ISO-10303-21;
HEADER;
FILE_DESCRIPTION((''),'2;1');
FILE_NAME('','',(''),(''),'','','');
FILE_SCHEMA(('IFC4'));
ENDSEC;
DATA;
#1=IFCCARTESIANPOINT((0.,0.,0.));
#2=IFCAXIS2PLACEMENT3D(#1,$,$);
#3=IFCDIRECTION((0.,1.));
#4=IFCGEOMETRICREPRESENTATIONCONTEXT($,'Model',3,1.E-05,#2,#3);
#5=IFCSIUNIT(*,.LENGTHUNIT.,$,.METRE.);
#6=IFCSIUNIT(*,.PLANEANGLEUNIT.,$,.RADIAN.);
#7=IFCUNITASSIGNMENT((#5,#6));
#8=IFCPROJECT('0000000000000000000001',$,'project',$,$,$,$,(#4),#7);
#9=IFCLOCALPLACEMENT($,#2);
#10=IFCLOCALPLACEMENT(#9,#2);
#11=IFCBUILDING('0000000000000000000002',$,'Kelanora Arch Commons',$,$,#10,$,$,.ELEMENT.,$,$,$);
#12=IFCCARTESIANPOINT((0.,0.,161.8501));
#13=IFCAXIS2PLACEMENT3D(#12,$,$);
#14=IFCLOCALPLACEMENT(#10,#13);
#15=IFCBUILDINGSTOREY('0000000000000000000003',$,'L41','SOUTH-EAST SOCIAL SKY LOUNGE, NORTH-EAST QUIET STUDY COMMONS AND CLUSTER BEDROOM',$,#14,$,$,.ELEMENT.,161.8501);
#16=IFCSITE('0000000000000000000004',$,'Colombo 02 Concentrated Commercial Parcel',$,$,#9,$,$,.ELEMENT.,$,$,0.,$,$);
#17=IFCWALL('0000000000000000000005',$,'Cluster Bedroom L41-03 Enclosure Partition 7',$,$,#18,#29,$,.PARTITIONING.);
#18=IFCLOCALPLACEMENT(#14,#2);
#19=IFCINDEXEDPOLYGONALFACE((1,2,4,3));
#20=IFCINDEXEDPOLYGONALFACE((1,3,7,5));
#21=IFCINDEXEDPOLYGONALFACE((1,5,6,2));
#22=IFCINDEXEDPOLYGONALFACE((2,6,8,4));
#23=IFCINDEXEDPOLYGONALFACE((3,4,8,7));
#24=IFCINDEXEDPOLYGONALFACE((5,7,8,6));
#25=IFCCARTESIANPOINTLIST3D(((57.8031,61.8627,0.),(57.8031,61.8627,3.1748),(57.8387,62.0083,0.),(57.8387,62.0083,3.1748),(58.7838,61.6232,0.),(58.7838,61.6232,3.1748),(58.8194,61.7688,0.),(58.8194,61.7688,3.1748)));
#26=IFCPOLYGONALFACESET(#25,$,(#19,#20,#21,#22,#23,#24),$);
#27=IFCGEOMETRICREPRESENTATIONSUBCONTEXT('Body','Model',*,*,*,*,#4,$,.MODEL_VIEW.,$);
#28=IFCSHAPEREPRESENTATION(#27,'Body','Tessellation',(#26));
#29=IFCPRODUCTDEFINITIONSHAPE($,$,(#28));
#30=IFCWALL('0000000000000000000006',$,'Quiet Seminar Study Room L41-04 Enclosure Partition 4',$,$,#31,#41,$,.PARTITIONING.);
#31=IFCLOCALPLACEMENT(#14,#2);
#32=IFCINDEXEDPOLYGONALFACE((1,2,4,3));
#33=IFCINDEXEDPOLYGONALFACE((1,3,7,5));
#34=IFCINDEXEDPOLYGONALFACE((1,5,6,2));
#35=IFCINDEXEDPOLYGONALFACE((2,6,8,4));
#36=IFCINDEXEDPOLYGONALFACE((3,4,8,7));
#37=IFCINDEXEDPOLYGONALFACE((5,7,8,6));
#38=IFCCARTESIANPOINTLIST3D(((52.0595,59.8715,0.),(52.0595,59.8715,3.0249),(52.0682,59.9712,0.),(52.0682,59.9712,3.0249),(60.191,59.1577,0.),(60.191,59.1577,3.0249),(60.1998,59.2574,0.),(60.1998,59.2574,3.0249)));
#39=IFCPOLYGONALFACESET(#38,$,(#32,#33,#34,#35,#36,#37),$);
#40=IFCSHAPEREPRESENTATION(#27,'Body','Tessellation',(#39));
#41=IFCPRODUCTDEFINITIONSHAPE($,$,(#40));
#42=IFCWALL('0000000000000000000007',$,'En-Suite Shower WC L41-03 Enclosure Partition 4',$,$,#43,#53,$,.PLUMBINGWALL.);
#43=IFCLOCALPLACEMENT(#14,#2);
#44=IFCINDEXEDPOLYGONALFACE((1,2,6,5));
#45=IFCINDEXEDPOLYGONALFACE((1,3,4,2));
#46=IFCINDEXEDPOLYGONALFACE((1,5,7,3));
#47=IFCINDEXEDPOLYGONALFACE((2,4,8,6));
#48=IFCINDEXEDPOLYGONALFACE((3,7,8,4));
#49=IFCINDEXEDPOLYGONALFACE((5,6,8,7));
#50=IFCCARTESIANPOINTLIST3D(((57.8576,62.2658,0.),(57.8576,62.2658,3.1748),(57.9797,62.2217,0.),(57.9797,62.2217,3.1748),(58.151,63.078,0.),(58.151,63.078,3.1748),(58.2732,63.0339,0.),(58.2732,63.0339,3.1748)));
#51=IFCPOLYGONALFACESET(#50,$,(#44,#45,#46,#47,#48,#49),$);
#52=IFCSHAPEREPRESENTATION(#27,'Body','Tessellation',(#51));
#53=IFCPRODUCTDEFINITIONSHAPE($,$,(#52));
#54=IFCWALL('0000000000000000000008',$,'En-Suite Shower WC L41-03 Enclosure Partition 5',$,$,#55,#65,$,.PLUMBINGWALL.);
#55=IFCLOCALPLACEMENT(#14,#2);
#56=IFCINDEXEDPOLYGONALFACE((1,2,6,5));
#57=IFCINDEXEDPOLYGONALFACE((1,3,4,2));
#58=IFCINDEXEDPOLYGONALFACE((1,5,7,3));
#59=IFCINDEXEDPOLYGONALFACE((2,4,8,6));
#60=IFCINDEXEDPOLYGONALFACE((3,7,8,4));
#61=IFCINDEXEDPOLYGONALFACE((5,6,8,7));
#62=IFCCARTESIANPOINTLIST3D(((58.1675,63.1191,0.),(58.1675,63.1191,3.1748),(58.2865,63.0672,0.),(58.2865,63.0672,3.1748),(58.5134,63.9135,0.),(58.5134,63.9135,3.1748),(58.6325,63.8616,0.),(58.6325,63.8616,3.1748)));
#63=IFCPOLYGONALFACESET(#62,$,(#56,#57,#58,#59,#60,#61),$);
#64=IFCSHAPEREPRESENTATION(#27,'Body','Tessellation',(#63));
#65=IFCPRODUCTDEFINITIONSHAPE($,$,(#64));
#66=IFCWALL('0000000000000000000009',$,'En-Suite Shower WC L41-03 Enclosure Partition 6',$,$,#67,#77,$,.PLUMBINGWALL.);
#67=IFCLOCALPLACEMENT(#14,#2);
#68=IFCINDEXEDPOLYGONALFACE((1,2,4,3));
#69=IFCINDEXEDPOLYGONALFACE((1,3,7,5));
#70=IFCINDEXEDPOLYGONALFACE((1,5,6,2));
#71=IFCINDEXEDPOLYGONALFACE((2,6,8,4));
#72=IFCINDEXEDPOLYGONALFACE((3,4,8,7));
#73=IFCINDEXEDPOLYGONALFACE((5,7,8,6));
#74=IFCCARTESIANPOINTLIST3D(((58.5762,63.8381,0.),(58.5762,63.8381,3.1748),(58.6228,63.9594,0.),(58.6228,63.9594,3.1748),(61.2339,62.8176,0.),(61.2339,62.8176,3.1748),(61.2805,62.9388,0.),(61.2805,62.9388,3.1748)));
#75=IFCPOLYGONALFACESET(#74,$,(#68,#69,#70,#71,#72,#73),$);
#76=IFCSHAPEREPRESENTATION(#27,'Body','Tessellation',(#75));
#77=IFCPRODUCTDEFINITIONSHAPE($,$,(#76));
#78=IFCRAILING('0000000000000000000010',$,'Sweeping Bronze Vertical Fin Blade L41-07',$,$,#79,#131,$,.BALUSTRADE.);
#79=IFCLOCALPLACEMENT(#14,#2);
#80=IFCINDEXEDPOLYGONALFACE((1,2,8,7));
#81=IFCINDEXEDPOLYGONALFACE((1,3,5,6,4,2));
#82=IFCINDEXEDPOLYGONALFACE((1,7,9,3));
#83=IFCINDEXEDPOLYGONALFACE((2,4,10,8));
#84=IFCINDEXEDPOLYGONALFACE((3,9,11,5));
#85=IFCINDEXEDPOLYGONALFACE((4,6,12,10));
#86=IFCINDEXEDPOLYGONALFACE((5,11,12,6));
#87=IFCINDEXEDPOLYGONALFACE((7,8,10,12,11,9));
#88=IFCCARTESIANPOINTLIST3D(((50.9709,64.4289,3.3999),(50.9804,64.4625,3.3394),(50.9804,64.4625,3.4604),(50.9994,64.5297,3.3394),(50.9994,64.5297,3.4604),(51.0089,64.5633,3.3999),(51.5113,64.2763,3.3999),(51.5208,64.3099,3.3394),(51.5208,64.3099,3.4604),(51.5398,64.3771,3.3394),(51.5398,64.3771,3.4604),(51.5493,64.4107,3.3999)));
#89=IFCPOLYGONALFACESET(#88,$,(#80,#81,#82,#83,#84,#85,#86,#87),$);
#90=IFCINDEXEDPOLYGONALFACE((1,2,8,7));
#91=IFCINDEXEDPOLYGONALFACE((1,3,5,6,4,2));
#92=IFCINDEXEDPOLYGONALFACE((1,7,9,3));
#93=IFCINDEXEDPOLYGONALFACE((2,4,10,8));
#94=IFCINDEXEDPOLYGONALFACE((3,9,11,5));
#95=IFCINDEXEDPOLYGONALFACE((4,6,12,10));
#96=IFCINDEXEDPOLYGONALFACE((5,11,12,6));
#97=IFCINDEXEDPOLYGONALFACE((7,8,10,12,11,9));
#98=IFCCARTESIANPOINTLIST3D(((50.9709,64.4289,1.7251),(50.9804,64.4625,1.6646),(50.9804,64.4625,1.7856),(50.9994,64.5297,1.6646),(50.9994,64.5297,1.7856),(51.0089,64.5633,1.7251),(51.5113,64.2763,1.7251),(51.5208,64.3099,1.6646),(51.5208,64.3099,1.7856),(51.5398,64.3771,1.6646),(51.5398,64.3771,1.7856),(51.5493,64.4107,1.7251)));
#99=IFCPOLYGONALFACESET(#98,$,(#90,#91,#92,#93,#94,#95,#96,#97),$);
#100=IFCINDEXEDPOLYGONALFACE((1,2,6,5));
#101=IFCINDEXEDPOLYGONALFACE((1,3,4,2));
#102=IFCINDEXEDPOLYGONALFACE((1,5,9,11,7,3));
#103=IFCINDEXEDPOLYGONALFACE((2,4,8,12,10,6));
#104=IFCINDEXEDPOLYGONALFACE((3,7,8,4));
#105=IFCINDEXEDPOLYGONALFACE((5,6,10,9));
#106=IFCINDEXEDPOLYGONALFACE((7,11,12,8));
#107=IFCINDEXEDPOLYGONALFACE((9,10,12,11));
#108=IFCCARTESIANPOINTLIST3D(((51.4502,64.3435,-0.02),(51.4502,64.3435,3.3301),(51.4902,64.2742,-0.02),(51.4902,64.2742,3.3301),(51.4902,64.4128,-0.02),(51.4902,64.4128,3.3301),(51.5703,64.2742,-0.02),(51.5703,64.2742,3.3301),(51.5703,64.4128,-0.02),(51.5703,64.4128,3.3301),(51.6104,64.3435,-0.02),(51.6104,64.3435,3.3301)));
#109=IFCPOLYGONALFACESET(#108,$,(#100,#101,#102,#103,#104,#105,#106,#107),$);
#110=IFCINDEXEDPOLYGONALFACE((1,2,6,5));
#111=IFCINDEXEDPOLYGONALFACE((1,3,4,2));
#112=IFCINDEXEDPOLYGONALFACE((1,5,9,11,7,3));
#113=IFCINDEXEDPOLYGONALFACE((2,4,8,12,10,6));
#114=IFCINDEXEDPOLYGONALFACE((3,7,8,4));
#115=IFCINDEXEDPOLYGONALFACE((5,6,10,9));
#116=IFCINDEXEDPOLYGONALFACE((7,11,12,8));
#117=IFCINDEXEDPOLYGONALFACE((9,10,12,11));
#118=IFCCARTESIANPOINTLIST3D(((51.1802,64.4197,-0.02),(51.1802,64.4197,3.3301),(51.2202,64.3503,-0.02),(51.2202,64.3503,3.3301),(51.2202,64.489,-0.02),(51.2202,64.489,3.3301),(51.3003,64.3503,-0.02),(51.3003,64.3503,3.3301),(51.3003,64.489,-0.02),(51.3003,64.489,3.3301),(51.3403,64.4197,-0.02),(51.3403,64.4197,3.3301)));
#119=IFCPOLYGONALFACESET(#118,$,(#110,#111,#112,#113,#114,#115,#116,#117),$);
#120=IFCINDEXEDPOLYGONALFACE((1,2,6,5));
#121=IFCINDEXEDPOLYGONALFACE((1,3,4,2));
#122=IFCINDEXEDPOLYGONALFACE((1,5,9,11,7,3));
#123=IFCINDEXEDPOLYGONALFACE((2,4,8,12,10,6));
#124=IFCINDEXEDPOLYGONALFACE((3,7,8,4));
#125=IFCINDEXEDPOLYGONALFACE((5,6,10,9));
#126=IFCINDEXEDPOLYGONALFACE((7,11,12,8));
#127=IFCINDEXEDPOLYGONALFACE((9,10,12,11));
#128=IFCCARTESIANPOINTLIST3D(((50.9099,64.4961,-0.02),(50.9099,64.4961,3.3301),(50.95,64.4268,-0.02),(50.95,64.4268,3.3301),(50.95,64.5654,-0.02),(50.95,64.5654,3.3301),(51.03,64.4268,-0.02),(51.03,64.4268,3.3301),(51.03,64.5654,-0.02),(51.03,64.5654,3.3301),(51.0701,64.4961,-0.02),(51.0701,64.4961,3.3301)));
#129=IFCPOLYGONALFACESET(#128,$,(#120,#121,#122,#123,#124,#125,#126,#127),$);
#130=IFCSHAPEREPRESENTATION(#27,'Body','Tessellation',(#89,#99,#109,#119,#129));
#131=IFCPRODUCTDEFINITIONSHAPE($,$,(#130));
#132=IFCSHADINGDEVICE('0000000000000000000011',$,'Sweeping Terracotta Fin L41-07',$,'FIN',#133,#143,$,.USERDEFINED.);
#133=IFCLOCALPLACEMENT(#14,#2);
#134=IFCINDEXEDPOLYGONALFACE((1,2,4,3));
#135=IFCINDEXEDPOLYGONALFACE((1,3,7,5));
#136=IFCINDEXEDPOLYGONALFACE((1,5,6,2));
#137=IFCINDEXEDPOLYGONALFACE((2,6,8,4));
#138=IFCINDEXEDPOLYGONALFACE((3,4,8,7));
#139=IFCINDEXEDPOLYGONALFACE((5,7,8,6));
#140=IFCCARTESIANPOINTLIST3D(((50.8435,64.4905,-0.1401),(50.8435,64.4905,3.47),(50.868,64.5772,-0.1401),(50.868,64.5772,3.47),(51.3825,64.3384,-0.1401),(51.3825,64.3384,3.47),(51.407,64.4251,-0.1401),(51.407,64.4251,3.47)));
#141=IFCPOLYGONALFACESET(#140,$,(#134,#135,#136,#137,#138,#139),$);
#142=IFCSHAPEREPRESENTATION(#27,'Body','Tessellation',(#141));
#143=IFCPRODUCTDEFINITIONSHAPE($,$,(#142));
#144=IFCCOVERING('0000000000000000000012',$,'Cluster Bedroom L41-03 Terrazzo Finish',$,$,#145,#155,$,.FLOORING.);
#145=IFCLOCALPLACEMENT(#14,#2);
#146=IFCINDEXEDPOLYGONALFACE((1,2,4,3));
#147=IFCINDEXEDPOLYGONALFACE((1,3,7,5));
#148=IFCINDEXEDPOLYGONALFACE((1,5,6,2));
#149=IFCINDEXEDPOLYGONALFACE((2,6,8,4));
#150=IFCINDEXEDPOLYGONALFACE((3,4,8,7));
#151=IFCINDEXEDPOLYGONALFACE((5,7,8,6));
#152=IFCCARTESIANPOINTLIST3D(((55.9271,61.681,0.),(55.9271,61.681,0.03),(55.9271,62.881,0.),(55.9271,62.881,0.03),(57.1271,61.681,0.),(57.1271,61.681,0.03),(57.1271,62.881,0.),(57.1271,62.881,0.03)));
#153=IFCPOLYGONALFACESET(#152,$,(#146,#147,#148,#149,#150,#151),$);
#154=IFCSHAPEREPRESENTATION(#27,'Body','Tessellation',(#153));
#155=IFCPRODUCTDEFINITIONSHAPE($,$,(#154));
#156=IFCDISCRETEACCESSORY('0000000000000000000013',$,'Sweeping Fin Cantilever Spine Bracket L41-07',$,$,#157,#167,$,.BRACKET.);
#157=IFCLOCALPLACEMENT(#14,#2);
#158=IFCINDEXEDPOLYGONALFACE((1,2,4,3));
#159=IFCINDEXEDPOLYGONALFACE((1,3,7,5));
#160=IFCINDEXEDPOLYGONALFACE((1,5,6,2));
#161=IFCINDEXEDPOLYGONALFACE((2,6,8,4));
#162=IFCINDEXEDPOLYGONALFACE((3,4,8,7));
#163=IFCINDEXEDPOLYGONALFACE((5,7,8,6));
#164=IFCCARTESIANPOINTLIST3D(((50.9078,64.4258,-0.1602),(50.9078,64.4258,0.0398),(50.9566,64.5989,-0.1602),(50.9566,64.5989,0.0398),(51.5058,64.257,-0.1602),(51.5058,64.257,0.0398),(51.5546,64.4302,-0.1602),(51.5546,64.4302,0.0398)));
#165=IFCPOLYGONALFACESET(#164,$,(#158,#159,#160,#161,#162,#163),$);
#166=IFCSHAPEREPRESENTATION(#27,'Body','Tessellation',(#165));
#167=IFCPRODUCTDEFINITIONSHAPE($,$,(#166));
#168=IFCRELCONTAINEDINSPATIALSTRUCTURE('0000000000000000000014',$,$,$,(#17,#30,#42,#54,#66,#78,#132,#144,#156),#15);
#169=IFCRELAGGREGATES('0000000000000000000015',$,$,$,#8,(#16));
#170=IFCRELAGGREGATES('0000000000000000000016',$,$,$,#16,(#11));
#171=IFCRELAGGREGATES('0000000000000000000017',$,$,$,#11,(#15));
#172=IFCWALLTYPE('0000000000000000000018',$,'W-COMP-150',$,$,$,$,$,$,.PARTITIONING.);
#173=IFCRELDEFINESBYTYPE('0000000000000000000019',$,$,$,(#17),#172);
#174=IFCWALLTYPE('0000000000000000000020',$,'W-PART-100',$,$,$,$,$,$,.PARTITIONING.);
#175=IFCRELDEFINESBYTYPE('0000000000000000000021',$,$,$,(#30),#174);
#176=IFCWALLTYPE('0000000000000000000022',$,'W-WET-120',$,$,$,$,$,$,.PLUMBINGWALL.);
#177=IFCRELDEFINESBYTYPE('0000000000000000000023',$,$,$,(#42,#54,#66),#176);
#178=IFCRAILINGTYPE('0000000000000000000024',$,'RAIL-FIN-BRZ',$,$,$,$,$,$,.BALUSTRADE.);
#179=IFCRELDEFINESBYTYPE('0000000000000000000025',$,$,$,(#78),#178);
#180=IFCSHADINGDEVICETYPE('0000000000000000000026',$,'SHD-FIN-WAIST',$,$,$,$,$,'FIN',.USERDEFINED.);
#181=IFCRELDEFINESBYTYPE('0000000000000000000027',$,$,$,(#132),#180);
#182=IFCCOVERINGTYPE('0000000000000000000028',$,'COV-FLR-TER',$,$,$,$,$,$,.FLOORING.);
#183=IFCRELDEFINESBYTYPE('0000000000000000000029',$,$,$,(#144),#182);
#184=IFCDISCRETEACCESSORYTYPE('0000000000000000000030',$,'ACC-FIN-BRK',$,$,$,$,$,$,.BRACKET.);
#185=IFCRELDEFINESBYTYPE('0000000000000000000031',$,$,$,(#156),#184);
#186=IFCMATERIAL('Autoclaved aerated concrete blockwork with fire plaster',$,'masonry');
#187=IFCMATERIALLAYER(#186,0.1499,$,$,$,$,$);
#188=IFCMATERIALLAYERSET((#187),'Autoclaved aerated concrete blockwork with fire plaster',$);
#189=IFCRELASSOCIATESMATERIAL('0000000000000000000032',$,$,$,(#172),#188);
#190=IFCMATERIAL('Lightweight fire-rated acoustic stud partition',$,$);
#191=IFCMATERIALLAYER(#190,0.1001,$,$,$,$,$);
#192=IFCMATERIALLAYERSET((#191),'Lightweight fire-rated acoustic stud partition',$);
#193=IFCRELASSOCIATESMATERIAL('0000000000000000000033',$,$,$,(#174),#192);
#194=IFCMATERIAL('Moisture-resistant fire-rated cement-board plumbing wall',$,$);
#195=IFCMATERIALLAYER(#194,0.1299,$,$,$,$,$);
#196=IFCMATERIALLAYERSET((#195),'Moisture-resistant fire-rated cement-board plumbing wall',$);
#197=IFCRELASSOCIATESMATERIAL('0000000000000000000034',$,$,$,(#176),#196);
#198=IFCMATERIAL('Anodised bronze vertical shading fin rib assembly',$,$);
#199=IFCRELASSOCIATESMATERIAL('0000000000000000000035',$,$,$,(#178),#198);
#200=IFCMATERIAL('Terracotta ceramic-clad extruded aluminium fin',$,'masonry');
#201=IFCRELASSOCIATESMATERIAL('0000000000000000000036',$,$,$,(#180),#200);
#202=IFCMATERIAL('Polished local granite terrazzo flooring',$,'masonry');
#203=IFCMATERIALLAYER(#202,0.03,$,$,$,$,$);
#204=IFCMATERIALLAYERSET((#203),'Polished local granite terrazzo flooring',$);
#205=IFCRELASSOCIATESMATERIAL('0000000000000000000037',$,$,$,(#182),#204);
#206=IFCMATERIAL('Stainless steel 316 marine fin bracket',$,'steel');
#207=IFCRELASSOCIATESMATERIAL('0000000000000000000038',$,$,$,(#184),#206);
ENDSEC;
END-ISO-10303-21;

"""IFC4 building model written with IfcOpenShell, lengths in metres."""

from ifc_helpers import new_model, si_unit, direction, frame, frame_2d, origin, origin_2d, place, context, subcontext, project, spatial, polyline, rectangle, outline, extrude, source, transform, mapped, material, layer, layer_set, type_object, element, save


model = new_model("IFC4")

# Units and contexts
model_context = context("Model", 3, precision=1e-05, world=origin(), true_north=direction((0.0, 1.0)))
body_context = subcontext(model_context, "Body", "Model", "MODEL_VIEW")
ifc_project = project(units=[si_unit("LENGTHUNIT", "METRE"), si_unit("PLANEANGLEUNIT", "RADIAN")], contexts=[model_context])

# Site, building, storey
site_placement = place(None, origin())
site = spatial("IfcSite", under=ifc_project, at=site_placement, Name="Colombo 02 Concentrated Commercial Parcel", CompositionType="ELEMENT", RefElevation=0.0)
building_placement = place(site_placement, origin())
building = spatial("IfcBuilding", under=site, at=building_placement, Name="Kelanora Arch Commons", CompositionType="ELEMENT")
storey_placement = place(building_placement, frame((0.0, 0.0, 161.8501)))
storey = spatial("IfcBuildingStorey", under=building, at=storey_placement, Name="L41", Description="SOUTH-EAST SOCIAL SKY LOUNGE, NORTH-EAST QUIET STUDY COMMONS AND CLUSTER BEDROOM", CompositionType="ELEMENT", Elevation=161.8501)

# Walls
ifc_material_1 = material(Name="Autoclaved aerated concrete blockwork with fire plaster", Category="masonry")
ifc_layer_1 = layer(ifc_material_1, 0.1499)
ifc_layer_set_1 = layer_set([ifc_layer_1], Name="Autoclaved aerated concrete blockwork with fire plaster")
wall_type_1 = type_object("IfcWallType", Name="W-COMP-150", PredefinedType="PARTITIONING", material=ifc_layer_set_1)
wall_1_placement = place(storey_placement, frame((57.8208, 61.9355, 0.0), z_axis=(0.0, 0.0, 1.0), x_axis=(0.971451, -0.23724, 0.0)))
element("IfcWall", 1, at=wall_1_placement, inside=storey, type_object=wall_type_1, Name="Cluster Bedroom L41-03 Enclosure Partition 7", PredefinedType="PARTITIONING", context=body_context, shape_type="SweptSolid", body=[
    extrude(rectangle(XDim=1.0095, YDim=0.1499, at=frame_2d((0.5049, 0.0))), origin(), (0.0, 0.0, 1.0), 3.1748),
])
ifc_material_2 = material(Name="Lightweight fire-rated acoustic stud partition")
ifc_layer_2 = layer(ifc_material_2, 0.1001)
ifc_layer_set_2 = layer_set([ifc_layer_2], Name="Lightweight fire-rated acoustic stud partition")
wall_type_2 = type_object("IfcWallType", Name="W-PART-100", PredefinedType="PARTITIONING", material=ifc_layer_set_2)
wall_2_placement = place(storey_placement, frame((52.0637, 59.9214, 0.0), z_axis=(0.0, 0.0, 1.0), x_axis=(0.996169, -0.087453, 0.0)))
element("IfcWall", 2, at=wall_2_placement, inside=storey, type_object=wall_type_2, Name="Quiet Seminar Study Room L41-04 Enclosure Partition 4", PredefinedType="PARTITIONING", context=body_context, shape_type="SweptSolid", body=[
    extrude(rectangle(XDim=8.1628, YDim=0.1001, at=frame_2d((4.0815, 0.0))), origin(), (0.0, 0.0, 1.0), 3.0249),
])
ifc_material_3 = material(Name="Moisture-resistant fire-rated cement-board plumbing wall")
ifc_layer_3 = layer(ifc_material_3, 0.1299)
ifc_layer_set_3 = layer_set([ifc_layer_3], Name="Moisture-resistant fire-rated cement-board plumbing wall")
wall_type_3 = type_object("IfcWallType", Name="W-WET-120", PredefinedType="PLUMBINGWALL", material=ifc_layer_set_3)
wall_3_placement = place(storey_placement, frame((57.9187, 62.2439, 0.0), z_axis=(0.0, 0.0, 1.0), x_axis=(0.33979, 0.940501, 0.0)))
element("IfcWall", 3, at=wall_3_placement, inside=storey, type_object=wall_type_3, Name="En-Suite Shower WC L41-03 Enclosure Partition 4", PredefinedType="PLUMBINGWALL", context=body_context, shape_type="SweptSolid", body=[
    extrude(rectangle(XDim=0.8635, YDim=0.1299, at=frame_2d((0.4316, 0.0))), origin(), (0.0, 0.0, 1.0), 3.1748),
])
wall_4_placement = place(storey_placement, frame((58.2271, 63.0933, 0.0), z_axis=(0.0, 0.0, 1.0), x_axis=(0.399251, 0.916841, 0.0)))
element("IfcWall", 4, at=wall_4_placement, inside=storey, type_object=wall_type_3, Name="En-Suite Shower WC L41-03 Enclosure Partition 5", PredefinedType="PLUMBINGWALL", context=body_context, shape_type="SweptSolid", body=[
    extrude(rectangle(XDim=0.8665, YDim=0.1299, at=frame_2d((0.4331, 0.0))), origin(), (0.0, 0.0, 1.0), 3.1748),
])
wall_5_placement = place(storey_placement, frame((58.5996, 63.8987, 0.0), z_axis=(0.0, 0.0, 1.0), x_axis=(0.933544, -0.358462, 0.0)))
element("IfcWall", 5, at=wall_5_placement, inside=storey, type_object=wall_type_3, Name="En-Suite Shower WC L41-03 Enclosure Partition 6", PredefinedType="PLUMBINGWALL", context=body_context, shape_type="SweptSolid", body=[
    extrude(rectangle(XDim=2.8469, YDim=0.1299, at=frame_2d((1.4233, 0.0))), origin(), (0.0, 0.0, 1.0), 3.1748),
])

# Railing
ifc_material_4 = material(Name="Anodised bronze vertical shading fin rib assembly")
railing_type = type_object("IfcRailingType", Name="RAIL-FIN-BRZ", PredefinedType="BALUSTRADE", material=ifc_material_4)
railing_placement = place(storey_placement, frame((51.5303, 64.3435, -0.02)))
element("IfcRailing", 6, at=railing_placement, inside=storey, type_object=railing_type, Name="Sweeping Bronze Vertical Fin Blade L41-07", PredefinedType="BALUSTRADE", context=body_context, shape_type="SweptSolid", body=[
    extrude(outline(polyline([(0.0698, 0.0), (0.0349, 0.0605), (-0.0349, 0.0605), (-0.0698, 0.0), (-0.0349, -0.0605), (0.0349, -0.0605), (0.0698, 0.0)])), frame((0.0, 0.0, 3.4199), z_axis=(-0.962356, 0.271791, 0.0), x_axis=(-0.271791, -0.962356, 0.0)), (0.0, 0.0, 1.0), 0.5615),
    extrude(outline(polyline([(0.0698, 0.0), (0.0349, 0.0605), (-0.0349, 0.0605), (-0.0698, 0.0), (-0.0349, -0.0605), (0.0349, -0.0605), (0.0698, 0.0)])), frame((0.0, 0.0, 1.7451), z_axis=(-0.962356, 0.271791, 0.0), x_axis=(-0.271791, -0.962356, 0.0)), (0.0, 0.0, 1.0), 0.5615),
    extrude(outline(polyline([(0.0801, 0.0), (0.04, 0.0693), (-0.04, 0.0693), (-0.0801, 0.0), (-0.04, -0.0693), (0.04, -0.0693), (0.0801, 0.0)])), origin(), (0.0, 0.0, 1.0), 3.3501),
    extrude(outline(polyline([(0.0801, 0.0), (0.04, 0.0693), (-0.04, 0.0693), (-0.0801, 0.0), (-0.04, -0.0693), (0.04, -0.0693), (0.0801, 0.0)])), frame((-0.27, 0.0762, 0.0)), (0.0, 0.0, 1.0), 3.3501),
    extrude(outline(polyline([(0.0801, 0.0), (0.04, 0.0693), (-0.04, 0.0693), (-0.0801, 0.0), (-0.04, -0.0693), (0.04, -0.0693), (0.0801, 0.0)])), frame((-0.5403, 0.1526, 0.0)), (0.0, 0.0, 1.0), 3.3501),
])

# Shading device
ifc_material_5 = material(Name="Terracotta ceramic-clad extruded aluminium fin", Category="masonry")
shading_device_type = type_object("IfcShadingDeviceType", Name="SHD-FIN-WAIST", ElementType="FIN", PredefinedType="USERDEFINED", material=ifc_material_5)
shared_shape_1 = source(origin(), body_context, "Body", "SweptSolid", [
    extrude(rectangle(XDim=0.5601, YDim=0.0901, at=origin_2d()), origin(), (0.0, 0.0, 1.0), 3.6101),
])
shading_device_placement = place(storey_placement, frame((51.1252, 64.4578, -0.1401), z_axis=(0.0, 0.0, 1.0), x_axis=(-0.962408, 0.271608, 0.0)))
element("IfcShadingDevice", 7, at=shading_device_placement, inside=storey, type_object=shading_device_type, Name="Sweeping Terracotta Fin L41-07", ObjectType="FIN", PredefinedType="USERDEFINED", context=body_context, shape_type="MappedRepresentation", body=[
    mapped(shared_shape_1, transform((0.0, 0.0, 0.0), scale=1.0)),
])

# Covering
ifc_material_6 = material(Name="Polished local granite terrazzo flooring", Category="masonry")
ifc_layer_4 = layer(ifc_material_6, 0.03)
ifc_layer_set_4 = layer_set([ifc_layer_4], Name="Polished local granite terrazzo flooring")
covering_type = type_object("IfcCoveringType", Name="COV-FLR-TER", PredefinedType="FLOORING", material=ifc_layer_set_4)
shared_shape_2 = source(origin(), body_context, "Body", "SweptSolid", [
    extrude(rectangle(XDim=1.2, YDim=1.2, at=origin_2d()), origin(), (0.0, 0.0, 1.0), 0.03),
])
covering_placement = place(storey_placement, frame((56.5271, 62.281, 0.0), z_axis=(0.0, 0.0, 1.0), x_axis=(1.0, 0.0, 0.0)))
element("IfcCovering", 8, at=covering_placement, inside=storey, type_object=covering_type, Name="Cluster Bedroom L41-03 Terrazzo Finish", PredefinedType="FLOORING", context=body_context, shape_type="MappedRepresentation", body=[
    mapped(shared_shape_2, transform((0.0, 0.0, 0.0), scale=1.0)),
])

# Discrete accessory
ifc_material_7 = material(Name="Stainless steel 316 marine fin bracket", Category="steel")
discrete_accessory_type = type_object("IfcDiscreteAccessoryType", Name="ACC-FIN-BRK", PredefinedType="BRACKET", material=ifc_material_7)
shared_shape_3 = source(origin(), body_context, "Body", "SweptSolid", [
    extrude(rectangle(XDim=0.6213, YDim=0.1799, at=origin_2d()), origin(), (0.0, 0.0, 1.0), 0.2),
])
discrete_accessory_placement = place(storey_placement, frame((51.2312, 64.428, -0.1602), z_axis=(0.0, 0.0, 1.0), x_axis=(-0.962408, 0.271608, 0.0)))
element("IfcDiscreteAccessory", 9, at=discrete_accessory_placement, inside=storey, type_object=discrete_accessory_type, Name="Sweeping Fin Cantilever Spine Bracket L41-07", PredefinedType="BRACKET", context=body_context, shape_type="MappedRepresentation", body=[
    mapped(shared_shape_3, transform((0.0, 0.0, 0.0), scale=1.0)),
])

save(model, "model.ifc")
